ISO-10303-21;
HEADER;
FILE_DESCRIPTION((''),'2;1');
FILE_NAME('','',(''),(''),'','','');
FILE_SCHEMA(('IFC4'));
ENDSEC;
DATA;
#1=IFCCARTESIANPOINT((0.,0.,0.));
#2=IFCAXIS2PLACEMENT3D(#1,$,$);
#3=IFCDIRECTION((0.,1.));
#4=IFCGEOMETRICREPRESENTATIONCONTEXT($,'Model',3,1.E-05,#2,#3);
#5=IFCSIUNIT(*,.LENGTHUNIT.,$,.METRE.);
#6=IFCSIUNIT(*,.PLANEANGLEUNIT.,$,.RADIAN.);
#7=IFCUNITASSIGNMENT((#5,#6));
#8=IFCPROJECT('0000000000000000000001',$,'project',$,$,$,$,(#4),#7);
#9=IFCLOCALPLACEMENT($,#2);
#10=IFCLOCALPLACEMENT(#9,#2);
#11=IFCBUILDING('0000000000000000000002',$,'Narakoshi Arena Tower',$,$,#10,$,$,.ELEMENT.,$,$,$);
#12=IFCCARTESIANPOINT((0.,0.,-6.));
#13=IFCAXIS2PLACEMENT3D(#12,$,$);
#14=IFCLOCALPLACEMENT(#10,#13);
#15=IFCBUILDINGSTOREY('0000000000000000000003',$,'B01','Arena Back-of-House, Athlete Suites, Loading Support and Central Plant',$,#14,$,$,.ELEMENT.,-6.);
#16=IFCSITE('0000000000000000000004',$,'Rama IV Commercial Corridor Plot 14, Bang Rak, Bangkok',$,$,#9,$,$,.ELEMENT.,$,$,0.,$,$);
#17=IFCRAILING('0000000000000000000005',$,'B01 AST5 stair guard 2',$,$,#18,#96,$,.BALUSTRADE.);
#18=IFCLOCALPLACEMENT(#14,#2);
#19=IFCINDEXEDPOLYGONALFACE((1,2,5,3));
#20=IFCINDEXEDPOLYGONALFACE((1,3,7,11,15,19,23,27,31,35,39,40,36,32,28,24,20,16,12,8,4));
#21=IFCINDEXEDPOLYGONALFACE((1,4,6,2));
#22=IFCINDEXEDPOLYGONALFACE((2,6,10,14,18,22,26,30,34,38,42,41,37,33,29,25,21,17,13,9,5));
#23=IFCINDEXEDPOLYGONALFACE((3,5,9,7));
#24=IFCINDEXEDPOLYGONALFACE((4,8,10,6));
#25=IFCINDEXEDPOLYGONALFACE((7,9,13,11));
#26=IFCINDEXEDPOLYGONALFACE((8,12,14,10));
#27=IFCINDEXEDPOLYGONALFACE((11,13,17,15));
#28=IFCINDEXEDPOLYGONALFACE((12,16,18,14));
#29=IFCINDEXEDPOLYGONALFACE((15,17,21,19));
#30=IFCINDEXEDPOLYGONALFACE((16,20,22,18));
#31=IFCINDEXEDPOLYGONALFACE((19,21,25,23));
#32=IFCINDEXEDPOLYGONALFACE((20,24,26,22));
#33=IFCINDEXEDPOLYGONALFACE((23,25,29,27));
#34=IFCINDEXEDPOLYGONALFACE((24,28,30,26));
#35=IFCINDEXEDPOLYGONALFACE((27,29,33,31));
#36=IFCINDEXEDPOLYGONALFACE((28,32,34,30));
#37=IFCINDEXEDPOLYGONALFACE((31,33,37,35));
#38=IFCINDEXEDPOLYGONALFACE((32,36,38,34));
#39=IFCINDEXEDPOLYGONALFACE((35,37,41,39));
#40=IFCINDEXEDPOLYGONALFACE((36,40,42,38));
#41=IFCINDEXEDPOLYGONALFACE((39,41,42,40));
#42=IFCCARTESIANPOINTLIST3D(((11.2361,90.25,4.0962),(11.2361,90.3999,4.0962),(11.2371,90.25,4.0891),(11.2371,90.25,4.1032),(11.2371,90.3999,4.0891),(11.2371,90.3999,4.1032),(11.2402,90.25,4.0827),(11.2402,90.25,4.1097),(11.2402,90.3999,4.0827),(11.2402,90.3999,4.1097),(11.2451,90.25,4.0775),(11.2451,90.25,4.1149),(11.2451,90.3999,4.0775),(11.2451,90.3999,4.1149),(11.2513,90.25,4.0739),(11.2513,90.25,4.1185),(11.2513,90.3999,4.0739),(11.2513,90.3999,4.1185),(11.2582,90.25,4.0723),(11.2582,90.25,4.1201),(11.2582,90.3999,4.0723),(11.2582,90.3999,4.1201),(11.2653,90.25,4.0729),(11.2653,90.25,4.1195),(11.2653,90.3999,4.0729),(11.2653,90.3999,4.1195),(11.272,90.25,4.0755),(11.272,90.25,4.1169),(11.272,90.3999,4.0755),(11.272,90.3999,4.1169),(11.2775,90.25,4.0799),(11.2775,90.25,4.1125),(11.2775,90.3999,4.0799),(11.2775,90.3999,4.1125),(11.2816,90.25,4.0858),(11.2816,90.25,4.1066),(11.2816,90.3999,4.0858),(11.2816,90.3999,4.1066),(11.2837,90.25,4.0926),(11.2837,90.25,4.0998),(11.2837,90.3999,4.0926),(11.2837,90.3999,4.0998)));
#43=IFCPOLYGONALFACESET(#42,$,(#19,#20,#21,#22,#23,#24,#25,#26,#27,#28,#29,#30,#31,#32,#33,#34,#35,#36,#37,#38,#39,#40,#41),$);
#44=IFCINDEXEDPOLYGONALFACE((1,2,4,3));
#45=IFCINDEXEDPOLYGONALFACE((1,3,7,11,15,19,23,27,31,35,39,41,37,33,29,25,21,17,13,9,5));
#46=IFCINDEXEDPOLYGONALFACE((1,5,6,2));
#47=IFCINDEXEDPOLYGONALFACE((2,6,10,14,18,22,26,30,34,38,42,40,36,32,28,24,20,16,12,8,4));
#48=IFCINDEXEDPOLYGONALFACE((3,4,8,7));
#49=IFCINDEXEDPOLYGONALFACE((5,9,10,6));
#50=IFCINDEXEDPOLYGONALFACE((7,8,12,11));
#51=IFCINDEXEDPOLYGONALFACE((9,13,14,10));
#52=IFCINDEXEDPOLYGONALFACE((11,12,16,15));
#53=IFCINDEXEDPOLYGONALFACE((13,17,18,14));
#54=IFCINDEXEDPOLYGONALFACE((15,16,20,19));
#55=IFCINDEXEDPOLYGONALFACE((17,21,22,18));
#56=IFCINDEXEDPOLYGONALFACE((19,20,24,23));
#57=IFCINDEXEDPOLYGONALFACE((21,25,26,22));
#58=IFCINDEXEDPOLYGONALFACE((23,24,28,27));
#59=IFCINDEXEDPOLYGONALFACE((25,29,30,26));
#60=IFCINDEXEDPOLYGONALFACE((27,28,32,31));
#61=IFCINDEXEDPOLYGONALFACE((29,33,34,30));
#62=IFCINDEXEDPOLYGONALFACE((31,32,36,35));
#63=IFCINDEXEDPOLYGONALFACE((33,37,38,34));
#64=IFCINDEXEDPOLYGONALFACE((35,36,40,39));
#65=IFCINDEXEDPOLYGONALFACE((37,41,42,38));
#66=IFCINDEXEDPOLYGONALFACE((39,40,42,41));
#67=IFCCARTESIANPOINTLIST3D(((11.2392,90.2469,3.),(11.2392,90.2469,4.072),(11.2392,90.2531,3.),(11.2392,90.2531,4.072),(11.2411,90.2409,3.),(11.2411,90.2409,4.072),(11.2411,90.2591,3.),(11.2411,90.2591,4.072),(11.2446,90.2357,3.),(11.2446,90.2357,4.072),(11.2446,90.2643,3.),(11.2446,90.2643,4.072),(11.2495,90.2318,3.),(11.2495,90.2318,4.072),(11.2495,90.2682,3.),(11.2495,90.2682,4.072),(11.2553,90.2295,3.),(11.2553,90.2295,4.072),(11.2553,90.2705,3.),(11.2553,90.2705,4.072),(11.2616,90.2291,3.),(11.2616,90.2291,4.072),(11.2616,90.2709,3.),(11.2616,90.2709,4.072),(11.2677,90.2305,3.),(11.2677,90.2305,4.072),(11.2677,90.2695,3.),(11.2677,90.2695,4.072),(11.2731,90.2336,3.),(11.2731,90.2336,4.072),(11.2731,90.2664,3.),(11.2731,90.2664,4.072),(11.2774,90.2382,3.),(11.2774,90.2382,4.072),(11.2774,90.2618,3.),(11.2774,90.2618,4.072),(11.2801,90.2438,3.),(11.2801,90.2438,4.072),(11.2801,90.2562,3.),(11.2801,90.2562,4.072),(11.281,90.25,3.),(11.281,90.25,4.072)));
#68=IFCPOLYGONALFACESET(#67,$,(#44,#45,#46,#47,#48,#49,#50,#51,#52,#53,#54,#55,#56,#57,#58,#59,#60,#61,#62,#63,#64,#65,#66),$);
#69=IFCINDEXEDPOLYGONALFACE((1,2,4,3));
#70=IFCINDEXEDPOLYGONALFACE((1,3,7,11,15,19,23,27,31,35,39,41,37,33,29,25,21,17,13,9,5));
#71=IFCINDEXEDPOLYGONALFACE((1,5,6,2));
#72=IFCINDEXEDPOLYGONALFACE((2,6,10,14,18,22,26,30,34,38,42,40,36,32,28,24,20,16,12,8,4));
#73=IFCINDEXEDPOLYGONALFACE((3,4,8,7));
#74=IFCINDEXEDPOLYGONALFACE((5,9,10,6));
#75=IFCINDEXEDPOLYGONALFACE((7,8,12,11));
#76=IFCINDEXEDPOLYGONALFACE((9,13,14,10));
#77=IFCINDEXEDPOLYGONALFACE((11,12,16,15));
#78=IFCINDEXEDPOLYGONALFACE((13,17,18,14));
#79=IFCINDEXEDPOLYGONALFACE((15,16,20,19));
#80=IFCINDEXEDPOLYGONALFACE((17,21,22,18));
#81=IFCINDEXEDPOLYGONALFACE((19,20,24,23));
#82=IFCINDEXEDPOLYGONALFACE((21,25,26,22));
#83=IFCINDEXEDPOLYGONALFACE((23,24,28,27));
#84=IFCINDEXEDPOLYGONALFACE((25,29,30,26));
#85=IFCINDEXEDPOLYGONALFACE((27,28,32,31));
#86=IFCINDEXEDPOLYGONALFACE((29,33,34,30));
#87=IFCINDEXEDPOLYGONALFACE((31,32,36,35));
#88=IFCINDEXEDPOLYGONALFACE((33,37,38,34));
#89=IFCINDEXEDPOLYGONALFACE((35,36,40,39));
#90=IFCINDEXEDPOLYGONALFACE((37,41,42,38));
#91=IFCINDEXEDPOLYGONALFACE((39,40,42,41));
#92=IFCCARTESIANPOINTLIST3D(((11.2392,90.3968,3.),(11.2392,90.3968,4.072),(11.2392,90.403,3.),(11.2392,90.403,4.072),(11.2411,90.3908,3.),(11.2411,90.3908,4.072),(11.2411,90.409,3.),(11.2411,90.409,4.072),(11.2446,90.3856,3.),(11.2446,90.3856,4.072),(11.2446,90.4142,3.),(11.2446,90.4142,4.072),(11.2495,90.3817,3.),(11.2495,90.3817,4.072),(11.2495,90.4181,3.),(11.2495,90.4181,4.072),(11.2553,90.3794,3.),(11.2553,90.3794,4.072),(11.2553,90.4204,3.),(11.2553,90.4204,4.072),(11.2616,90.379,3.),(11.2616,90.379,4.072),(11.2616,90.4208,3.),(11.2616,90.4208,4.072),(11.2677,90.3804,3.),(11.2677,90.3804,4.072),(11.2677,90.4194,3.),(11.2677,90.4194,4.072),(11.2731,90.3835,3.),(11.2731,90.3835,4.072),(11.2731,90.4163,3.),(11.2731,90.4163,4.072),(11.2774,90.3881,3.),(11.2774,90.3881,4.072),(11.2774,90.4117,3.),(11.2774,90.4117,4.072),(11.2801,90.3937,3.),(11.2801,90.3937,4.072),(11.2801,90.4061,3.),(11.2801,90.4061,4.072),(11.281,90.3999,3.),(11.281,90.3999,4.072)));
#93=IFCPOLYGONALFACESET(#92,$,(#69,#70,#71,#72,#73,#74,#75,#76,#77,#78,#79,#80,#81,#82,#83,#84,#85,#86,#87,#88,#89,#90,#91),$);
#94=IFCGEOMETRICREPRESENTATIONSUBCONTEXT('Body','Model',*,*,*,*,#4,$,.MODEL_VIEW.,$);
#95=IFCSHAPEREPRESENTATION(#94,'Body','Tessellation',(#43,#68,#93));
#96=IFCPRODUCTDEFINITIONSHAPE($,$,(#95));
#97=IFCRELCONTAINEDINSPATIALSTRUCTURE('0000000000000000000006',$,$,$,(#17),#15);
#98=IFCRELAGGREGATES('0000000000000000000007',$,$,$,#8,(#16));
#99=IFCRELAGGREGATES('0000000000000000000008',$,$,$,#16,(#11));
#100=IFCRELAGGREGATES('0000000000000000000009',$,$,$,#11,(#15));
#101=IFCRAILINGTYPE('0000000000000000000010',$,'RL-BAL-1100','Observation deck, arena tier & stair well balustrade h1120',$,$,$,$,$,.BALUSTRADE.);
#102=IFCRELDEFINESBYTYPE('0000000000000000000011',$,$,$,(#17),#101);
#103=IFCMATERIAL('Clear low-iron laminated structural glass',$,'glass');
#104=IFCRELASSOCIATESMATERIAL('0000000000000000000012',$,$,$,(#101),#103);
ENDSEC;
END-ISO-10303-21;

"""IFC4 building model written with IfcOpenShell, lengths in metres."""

from ifc_helpers import new_model, si_unit, direction, frame, origin, origin_2d, place, context, subcontext, project, spatial, circle, extrude, material, type_object, element, save


model = new_model("IFC4")

# Units and contexts
model_context = context("Model", 3, precision=1e-05, world=origin(), true_north=direction((0.0, 1.0)))
body_context = subcontext(model_context, "Body", "Model", "MODEL_VIEW")
ifc_project = project(units=[si_unit("LENGTHUNIT", "METRE"), si_unit("PLANEANGLEUNIT", "RADIAN")], contexts=[model_context])

# Site, building, storey
site_placement = place(None, origin())
site = spatial("IfcSite", under=ifc_project, at=site_placement, Name="Rama IV Commercial Corridor Plot 14, Bang Rak, Bangkok", CompositionType="ELEMENT", RefElevation=0.0)
building_placement = place(site_placement, origin())
building = spatial("IfcBuilding", under=site, at=building_placement, Name="Narakoshi Arena Tower", CompositionType="ELEMENT")
storey_placement = place(building_placement, frame((0.0, 0.0, -6.0)))
storey = spatial("IfcBuildingStorey", under=building, at=storey_placement, Name="B01", Description="Arena Back-of-House, Athlete Suites, Loading Support and Central Plant", CompositionType="ELEMENT", Elevation=-6.0)

# Railing
ifc_material_1 = material(Name="Clear low-iron laminated structural glass", Category="glass")
railing_type_1 = type_object("IfcRailingType", Name="RL-BAL-1100", Description="Observation deck, arena tier & stair well balustrade h1120", PredefinedType="BALUSTRADE", material=ifc_material_1)
railing_1_placement = place(storey_placement, frame((11.26, 90.25, 3.0)))
element("IfcRailing", 1, at=railing_1_placement, inside=storey, type_object=railing_type_1, Name="B01 AST5 stair guard 2", PredefinedType="BALUSTRADE", context=body_context, shape_type="SweptSolid", body=[
    extrude(circle(Radius=0.0239, at=origin_2d()), frame((0.0, 0.0, 1.0962), z_axis=(0.0, 1.0, 0.0), x_axis=(-1.0, 0.0, 0.0)), (0.0, 0.0, 1.0), 0.1499),
    extrude(circle(Radius=0.021, at=origin_2d()), origin(), (0.0, 0.0, 1.0), 1.072),
    extrude(circle(Radius=0.021, at=origin_2d()), frame((0.0, 0.1499, 0.0)), (0.0, 0.0, 1.0), 1.072),
])

save(model, "model.ifc")
